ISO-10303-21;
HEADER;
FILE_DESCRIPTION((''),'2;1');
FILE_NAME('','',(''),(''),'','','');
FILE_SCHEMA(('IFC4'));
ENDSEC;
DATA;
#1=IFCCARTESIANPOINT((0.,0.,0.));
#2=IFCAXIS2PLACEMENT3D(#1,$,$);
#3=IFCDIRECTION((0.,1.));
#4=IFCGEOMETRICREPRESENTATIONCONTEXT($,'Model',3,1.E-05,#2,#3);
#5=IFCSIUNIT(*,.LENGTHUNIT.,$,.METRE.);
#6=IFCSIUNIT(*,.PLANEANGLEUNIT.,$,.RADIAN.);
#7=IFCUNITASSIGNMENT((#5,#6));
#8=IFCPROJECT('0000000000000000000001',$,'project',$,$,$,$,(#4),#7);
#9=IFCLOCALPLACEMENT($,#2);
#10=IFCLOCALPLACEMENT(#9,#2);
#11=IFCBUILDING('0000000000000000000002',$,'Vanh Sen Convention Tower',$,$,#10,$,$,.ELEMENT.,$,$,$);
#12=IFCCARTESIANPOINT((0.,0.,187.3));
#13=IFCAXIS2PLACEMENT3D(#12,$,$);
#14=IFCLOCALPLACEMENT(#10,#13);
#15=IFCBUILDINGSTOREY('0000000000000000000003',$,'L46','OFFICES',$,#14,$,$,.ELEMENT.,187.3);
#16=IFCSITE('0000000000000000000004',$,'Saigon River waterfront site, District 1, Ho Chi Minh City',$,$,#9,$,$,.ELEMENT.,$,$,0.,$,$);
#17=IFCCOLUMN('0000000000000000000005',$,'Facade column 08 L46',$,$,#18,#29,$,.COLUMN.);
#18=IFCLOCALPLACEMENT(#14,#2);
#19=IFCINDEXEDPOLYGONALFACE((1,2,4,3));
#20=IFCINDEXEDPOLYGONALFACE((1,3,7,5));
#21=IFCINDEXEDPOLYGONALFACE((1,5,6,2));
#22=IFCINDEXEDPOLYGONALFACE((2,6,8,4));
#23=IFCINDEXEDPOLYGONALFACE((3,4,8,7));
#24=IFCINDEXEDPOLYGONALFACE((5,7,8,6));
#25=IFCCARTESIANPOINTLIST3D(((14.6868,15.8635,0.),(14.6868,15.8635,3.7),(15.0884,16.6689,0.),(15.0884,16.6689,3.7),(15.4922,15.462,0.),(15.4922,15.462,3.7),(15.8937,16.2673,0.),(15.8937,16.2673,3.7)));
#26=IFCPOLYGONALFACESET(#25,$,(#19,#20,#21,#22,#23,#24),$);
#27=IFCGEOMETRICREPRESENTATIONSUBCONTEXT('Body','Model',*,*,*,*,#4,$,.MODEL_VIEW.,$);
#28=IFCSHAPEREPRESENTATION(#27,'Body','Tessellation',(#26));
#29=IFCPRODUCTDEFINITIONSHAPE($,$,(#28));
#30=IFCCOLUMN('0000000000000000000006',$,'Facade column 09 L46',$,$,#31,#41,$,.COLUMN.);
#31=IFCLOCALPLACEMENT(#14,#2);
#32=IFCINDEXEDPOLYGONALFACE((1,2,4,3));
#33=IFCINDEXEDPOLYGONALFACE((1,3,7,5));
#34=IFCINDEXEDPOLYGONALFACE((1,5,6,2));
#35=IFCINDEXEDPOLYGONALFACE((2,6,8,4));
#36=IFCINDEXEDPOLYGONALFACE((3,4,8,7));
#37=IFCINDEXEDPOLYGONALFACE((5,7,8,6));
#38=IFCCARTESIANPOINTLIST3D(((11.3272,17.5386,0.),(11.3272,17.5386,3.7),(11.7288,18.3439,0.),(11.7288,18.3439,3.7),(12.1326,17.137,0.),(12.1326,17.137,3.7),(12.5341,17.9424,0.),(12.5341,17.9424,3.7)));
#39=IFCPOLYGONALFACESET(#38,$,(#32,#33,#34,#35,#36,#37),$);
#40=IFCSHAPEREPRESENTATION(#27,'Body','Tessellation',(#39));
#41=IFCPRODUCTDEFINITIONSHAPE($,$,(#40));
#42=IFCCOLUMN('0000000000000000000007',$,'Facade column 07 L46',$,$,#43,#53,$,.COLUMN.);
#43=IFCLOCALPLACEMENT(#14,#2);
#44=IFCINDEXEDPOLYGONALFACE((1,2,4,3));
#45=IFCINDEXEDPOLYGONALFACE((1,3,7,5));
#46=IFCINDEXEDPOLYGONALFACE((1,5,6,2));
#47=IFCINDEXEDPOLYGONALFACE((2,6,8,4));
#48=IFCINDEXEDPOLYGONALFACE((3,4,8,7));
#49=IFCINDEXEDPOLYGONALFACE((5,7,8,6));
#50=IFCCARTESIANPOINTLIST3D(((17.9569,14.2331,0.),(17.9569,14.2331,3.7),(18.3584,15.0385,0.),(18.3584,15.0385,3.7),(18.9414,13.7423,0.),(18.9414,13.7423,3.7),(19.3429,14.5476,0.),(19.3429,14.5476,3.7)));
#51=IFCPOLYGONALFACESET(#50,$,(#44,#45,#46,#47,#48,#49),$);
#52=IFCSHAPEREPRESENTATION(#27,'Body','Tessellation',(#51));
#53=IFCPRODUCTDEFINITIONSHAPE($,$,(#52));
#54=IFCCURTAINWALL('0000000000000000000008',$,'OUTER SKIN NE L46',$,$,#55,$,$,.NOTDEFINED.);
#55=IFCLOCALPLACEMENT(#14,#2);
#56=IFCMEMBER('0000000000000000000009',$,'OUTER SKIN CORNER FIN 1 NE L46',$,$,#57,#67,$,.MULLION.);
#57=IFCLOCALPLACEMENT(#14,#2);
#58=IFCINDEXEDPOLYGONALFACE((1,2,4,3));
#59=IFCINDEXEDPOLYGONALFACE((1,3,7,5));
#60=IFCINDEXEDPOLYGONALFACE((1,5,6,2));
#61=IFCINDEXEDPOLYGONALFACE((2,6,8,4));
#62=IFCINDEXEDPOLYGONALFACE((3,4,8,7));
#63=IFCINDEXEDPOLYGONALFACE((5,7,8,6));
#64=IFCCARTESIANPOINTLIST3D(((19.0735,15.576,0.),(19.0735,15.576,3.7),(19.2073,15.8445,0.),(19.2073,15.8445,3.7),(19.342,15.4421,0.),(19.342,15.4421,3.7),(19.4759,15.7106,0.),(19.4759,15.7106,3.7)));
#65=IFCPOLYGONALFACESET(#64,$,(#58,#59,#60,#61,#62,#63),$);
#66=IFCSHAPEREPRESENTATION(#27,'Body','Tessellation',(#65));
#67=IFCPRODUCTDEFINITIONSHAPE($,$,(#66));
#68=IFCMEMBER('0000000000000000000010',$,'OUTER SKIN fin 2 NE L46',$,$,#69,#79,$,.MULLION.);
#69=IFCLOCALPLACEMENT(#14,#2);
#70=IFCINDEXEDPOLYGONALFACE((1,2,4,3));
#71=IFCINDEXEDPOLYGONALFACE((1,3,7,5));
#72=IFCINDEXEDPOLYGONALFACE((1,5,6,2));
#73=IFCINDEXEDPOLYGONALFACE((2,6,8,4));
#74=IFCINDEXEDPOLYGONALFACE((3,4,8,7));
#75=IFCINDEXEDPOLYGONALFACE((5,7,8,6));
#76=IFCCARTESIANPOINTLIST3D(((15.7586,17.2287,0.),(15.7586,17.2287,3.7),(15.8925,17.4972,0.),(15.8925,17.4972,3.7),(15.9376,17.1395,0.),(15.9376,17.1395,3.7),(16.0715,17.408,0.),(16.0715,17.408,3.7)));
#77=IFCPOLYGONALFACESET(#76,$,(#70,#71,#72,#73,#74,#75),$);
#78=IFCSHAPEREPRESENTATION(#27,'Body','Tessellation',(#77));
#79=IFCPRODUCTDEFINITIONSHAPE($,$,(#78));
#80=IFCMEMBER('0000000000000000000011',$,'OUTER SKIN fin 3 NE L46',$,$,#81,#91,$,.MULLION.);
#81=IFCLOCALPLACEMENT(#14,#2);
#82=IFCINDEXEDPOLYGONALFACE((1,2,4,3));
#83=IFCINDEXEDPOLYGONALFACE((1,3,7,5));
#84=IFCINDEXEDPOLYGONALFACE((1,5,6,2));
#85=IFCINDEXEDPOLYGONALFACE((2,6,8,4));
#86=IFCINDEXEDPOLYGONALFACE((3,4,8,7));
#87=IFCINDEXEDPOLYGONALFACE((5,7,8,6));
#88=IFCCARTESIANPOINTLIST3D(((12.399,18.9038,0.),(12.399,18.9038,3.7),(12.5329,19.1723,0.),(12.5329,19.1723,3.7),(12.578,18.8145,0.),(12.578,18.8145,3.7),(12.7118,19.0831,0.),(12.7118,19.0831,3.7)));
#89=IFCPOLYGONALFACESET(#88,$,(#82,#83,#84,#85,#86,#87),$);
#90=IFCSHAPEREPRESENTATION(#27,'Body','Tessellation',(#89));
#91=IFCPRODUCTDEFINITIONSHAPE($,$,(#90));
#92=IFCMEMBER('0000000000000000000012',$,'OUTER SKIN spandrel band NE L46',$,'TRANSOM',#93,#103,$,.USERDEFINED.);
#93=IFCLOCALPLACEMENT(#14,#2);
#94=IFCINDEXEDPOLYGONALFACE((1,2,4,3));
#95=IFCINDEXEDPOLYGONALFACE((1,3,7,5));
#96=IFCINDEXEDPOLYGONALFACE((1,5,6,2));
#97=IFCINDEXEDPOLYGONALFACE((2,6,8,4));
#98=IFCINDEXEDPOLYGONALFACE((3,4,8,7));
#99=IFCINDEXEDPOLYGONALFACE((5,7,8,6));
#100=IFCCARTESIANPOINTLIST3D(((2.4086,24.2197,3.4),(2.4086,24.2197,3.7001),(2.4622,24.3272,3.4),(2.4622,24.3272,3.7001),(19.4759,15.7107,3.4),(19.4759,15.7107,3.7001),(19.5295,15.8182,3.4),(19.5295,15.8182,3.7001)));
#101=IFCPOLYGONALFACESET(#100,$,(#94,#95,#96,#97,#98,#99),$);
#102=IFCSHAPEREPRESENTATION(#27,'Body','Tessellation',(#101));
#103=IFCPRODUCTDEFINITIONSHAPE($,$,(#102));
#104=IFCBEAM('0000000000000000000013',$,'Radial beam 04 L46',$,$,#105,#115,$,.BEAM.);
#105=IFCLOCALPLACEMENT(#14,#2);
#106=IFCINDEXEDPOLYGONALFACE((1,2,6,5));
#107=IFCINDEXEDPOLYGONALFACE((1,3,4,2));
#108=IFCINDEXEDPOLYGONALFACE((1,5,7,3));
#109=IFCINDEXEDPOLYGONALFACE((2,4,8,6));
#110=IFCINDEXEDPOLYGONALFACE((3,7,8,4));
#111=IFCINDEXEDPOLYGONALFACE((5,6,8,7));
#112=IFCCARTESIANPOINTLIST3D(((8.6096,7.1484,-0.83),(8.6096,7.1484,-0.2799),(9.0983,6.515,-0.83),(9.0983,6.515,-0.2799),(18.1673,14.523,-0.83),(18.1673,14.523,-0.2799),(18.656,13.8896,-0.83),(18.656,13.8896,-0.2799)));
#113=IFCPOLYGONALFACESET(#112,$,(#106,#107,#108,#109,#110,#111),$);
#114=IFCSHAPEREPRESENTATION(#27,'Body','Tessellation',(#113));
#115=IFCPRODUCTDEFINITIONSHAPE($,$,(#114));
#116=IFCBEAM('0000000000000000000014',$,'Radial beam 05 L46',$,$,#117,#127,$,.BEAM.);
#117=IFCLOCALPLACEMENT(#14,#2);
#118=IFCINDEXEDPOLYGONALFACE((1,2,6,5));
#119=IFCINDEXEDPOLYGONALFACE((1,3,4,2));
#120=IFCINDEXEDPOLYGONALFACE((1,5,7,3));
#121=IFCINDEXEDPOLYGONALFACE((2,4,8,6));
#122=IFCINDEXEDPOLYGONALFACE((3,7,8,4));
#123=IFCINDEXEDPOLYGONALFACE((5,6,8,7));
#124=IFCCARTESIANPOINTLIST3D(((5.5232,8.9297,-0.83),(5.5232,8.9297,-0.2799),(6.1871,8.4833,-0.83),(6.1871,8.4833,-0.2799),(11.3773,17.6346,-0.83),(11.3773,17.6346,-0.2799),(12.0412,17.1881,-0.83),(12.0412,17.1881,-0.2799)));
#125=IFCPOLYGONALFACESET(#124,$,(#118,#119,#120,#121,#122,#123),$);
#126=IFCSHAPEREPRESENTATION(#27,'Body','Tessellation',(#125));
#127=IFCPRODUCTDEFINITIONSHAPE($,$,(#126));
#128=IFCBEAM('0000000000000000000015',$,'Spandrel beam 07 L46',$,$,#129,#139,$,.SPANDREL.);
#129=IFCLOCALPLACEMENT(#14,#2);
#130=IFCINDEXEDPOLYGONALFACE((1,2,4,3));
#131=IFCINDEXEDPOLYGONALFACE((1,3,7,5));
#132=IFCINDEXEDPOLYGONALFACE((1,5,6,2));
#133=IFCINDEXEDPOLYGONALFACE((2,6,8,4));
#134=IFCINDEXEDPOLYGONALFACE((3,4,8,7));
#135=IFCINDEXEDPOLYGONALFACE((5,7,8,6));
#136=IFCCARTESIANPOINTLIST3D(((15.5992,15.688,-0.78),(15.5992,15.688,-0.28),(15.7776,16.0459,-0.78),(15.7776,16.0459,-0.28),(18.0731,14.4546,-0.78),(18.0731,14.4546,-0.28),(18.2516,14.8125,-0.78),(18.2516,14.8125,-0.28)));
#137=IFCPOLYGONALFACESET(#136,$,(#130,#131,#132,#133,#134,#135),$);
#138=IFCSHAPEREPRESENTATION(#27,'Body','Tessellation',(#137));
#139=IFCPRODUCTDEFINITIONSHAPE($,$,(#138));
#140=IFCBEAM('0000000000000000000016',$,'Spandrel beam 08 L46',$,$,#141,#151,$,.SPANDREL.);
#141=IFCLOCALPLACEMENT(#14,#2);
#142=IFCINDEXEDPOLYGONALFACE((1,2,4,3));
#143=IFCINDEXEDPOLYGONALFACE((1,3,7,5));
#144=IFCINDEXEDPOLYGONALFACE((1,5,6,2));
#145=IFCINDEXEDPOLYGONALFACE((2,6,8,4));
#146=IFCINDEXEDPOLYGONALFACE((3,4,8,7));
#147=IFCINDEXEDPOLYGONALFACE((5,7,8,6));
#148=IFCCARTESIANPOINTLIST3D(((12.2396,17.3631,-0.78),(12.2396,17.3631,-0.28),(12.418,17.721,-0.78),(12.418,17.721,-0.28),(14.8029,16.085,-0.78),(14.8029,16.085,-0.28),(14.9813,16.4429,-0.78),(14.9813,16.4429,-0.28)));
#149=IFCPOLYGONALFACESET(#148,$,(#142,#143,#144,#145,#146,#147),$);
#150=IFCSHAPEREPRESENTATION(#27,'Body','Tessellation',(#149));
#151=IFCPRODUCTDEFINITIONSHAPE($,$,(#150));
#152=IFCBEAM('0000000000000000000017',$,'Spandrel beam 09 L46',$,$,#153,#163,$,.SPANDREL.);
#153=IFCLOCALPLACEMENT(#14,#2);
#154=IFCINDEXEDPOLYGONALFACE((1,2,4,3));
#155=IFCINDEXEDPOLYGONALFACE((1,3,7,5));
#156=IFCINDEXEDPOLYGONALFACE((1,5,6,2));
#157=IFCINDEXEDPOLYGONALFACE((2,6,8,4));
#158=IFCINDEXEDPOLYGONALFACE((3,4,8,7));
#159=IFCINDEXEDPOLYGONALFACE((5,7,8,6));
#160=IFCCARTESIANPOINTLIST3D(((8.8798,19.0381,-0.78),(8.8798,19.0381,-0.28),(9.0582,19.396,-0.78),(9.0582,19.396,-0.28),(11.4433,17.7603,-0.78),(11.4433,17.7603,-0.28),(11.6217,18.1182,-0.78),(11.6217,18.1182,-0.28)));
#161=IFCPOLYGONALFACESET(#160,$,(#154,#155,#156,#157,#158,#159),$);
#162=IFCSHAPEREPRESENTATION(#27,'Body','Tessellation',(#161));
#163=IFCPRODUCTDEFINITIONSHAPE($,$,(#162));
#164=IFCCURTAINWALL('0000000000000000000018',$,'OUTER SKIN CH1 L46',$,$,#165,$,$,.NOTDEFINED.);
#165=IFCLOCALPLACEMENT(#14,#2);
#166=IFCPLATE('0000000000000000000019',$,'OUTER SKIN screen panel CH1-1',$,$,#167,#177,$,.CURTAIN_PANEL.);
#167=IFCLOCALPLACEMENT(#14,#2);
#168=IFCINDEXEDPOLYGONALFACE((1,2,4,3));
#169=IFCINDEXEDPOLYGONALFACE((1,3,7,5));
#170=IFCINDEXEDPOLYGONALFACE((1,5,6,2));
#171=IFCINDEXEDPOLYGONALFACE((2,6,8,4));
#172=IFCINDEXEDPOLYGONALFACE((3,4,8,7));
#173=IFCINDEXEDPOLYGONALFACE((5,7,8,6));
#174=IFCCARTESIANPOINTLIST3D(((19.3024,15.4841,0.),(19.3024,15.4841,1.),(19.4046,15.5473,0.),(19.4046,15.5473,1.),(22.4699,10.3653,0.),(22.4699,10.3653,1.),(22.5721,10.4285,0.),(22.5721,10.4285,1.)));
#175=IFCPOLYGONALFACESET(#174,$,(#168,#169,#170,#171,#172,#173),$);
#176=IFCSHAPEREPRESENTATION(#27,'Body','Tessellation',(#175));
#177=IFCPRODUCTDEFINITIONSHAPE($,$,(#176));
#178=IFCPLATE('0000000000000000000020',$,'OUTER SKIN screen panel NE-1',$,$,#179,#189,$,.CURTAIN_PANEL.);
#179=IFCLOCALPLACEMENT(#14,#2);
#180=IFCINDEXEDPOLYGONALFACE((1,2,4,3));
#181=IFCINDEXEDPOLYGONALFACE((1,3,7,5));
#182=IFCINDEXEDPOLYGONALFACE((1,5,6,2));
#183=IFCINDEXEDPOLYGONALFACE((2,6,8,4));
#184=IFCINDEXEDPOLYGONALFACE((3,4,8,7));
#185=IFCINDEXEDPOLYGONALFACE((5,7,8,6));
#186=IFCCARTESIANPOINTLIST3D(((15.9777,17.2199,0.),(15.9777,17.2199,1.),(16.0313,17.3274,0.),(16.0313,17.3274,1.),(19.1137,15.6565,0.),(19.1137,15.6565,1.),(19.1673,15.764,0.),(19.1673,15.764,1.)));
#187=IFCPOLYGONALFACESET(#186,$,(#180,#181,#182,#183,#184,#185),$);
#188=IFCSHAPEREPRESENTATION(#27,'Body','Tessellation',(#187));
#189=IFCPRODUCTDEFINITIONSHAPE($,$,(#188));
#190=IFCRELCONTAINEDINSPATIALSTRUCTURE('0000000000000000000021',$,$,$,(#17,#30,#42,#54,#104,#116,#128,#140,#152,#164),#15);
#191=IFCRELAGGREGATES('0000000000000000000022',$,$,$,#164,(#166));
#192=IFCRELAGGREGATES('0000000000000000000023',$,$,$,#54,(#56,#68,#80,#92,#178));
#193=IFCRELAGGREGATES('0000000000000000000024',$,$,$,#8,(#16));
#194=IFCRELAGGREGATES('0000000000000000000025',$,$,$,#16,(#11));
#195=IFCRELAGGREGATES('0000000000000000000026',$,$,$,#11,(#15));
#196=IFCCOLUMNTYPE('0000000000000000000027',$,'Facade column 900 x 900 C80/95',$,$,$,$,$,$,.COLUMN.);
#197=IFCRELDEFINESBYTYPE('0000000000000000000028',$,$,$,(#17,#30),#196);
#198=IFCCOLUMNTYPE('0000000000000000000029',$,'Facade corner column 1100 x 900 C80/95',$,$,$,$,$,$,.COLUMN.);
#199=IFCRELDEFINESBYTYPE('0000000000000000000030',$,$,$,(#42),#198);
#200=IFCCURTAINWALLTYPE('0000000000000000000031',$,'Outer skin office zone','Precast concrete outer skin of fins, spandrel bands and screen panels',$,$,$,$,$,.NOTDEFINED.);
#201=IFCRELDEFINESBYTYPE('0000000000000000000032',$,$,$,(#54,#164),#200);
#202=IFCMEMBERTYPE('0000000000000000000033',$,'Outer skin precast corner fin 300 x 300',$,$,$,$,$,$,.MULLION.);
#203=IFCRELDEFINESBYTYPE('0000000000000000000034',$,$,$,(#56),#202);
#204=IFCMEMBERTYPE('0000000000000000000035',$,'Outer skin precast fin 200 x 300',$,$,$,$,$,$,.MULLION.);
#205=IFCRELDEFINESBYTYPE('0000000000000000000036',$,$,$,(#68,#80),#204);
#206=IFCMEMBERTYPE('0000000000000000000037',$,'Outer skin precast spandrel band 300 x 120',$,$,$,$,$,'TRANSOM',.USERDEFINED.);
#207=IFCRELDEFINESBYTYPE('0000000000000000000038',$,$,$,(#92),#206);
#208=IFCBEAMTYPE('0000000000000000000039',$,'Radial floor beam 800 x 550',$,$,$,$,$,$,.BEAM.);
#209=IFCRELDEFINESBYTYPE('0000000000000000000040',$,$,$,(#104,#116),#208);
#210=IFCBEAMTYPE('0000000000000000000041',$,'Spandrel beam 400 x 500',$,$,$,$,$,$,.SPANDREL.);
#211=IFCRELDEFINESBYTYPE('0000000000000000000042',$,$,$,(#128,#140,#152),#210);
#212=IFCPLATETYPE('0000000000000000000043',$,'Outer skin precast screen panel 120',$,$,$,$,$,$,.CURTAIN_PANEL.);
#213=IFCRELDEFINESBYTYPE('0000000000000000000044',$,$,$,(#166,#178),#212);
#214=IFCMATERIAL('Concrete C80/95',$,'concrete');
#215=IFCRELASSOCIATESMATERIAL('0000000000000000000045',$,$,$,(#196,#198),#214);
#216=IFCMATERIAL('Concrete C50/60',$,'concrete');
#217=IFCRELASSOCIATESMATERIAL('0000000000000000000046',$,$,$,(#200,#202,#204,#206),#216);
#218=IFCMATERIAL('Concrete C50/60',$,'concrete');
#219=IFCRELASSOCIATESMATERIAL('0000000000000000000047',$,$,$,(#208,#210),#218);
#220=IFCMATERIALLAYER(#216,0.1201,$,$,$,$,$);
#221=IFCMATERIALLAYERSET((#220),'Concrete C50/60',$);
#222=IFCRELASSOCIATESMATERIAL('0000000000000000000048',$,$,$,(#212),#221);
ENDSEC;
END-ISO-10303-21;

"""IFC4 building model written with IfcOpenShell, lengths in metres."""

from ifc_helpers import new_model, si_unit, direction, frame, origin, origin_2d, place, context, subcontext, project, spatial, rectangle, extrude, material, layer, layer_set, material_profile, profile_set, type_object, element, aggregate, save


model = new_model("IFC4")

# Units and contexts
model_context = context("Model", 3, precision=1e-05, world=origin(), true_north=direction((0.0, 1.0)))
body_context = subcontext(model_context, "Body", "Model", "MODEL_VIEW")
ifc_project = project(units=[si_unit("LENGTHUNIT", "METRE"), si_unit("PLANEANGLEUNIT", "RADIAN")], contexts=[model_context])

# Site, building, storey
site_placement = place(None, origin())
site = spatial("IfcSite", under=ifc_project, at=site_placement, Name="Saigon River waterfront site, District 1, Ho Chi Minh City", CompositionType="ELEMENT", RefElevation=0.0)
building_placement = place(site_placement, origin())
building = spatial("IfcBuilding", under=site, at=building_placement, Name="Vanh Sen Convention Tower", CompositionType="ELEMENT")
storey_placement = place(building_placement, frame((0.0, 0.0, 187.3)))
storey = spatial("IfcBuildingStorey", under=building, at=storey_placement, Name="L46", Description="OFFICES", CompositionType="ELEMENT", Elevation=187.3)

# Columns
ifc_material_1 = material(Name="Concrete C80/95", Category="concrete")
ifc_material_profile_1 = material_profile(ifc_material_1, rectangle(XDim=0.8999, YDim=0.8999, at=origin_2d()), Name="RC 900X900")
ifc_profile_set_1 = profile_set([ifc_material_profile_1], Name="Concrete C80/95")
column_type_1 = type_object("IfcColumnType", Name="Facade column 900 x 900 C80/95", PredefinedType="COLUMN", material=ifc_profile_set_1)
for number, where, z_axis, x_axis, name in (
    (1, (15.2903, 16.0654, 0.0), (0.0, 0.0, 1.0), (-0.894934, 0.446198, 0.0), "Facade column 08 L46"),
    (2, (11.9307, 17.7405, 0.0), (0.0, 0.0, 1.0), (-0.894934, 0.446198, 0.0), "Facade column 09 L46"),
):
    element("IfcColumn", number, at=place(storey_placement, frame(where, z_axis=z_axis, x_axis=x_axis)), inside=storey, type_object=column_type_1, Name=name, PredefinedType="COLUMN", context=body_context, shape_type="SweptSolid", body=[
        extrude(rectangle(XDim=0.8999, YDim=0.8999, at=origin_2d()), origin(), (0.0, 0.0, 1.0), 3.7),
    ])
ifc_material_profile_2 = material_profile(ifc_material_1, rectangle(XDim=1.1001, YDim=0.8999, at=origin_2d()), Name="RC 1100X900")
ifc_profile_set_2 = profile_set([ifc_material_profile_2], Name="Concrete C80/95")
column_type_2 = type_object("IfcColumnType", Name="Facade corner column 1100 x 900 C80/95", PredefinedType="COLUMN", material=ifc_profile_set_2)
column_placement = place(storey_placement, frame((18.6499, 14.3904, 0.0), z_axis=(0.0, 0.0, 1.0), x_axis=(-0.894934, 0.446198, 0.0)))
element("IfcColumn", 3, at=column_placement, inside=storey, type_object=column_type_2, Name="Facade column 07 L46", PredefinedType="COLUMN", context=body_context, shape_type="SweptSolid", body=[
    extrude(rectangle(XDim=1.1001, YDim=0.8999, at=origin_2d()), origin(), (0.0, 0.0, 1.0), 3.7),
])

# Curtain wall, members
ifc_material_2 = material(Name="Concrete C50/60", Category="concrete")
curtain_wall_type = type_object("IfcCurtainWallType", Name="Outer skin office zone", Description="Precast concrete outer skin of fins, spandrel bands and screen panels", PredefinedType="NOTDEFINED", material=ifc_material_2)
curtain_wall_1_placement = place(storey_placement, origin())
curtain_wall_1 = element("IfcCurtainWall", 4, at=curtain_wall_1_placement, inside=storey, type_object=curtain_wall_type, Name="OUTER SKIN NE L46", PredefinedType="NOTDEFINED")
ifc_material_profile_3 = material_profile(ifc_material_2, rectangle(XDim=0.3, YDim=0.3, at=origin_2d()), Name="Outer skin precast corner fin 300 x 300")
ifc_profile_set_3 = profile_set([ifc_material_profile_3], Name="Concrete C50/60")
member_type_1 = type_object("IfcMemberType", Name="Outer skin precast corner fin 300 x 300", PredefinedType="MULLION", material=ifc_profile_set_3)
member_1_placement = place(storey_placement, frame((19.2747, 15.6433, 0.0), z_axis=(0.0, 0.0, 1.0), x_axis=(-0.894934, 0.446198, 0.0)))
member_1 = element("IfcMember", 5, at=member_1_placement, type_object=member_type_1, Name="OUTER SKIN CORNER FIN 1 NE L46", PredefinedType="MULLION", context=body_context, shape_type="SweptSolid", body=[
    extrude(rectangle(XDim=0.3, YDim=0.3, at=origin_2d()), origin(), (0.0, 0.0, 1.0), 3.7),
])
ifc_material_profile_4 = material_profile(ifc_material_2, rectangle(XDim=0.2, YDim=0.3, at=origin_2d()), Name="Outer skin precast fin 200 x 300")
ifc_profile_set_4 = profile_set([ifc_material_profile_4], Name="Concrete C50/60")
member_type_2 = type_object("IfcMemberType", Name="Outer skin precast fin 200 x 300", PredefinedType="MULLION", material=ifc_profile_set_4)
member_2_placement = place(storey_placement, frame((15.915, 17.3184, 0.0), z_axis=(0.0, 0.0, 1.0), x_axis=(-0.894934, 0.446198, 0.0)))
member_2 = element("IfcMember", 6, at=member_2_placement, type_object=member_type_2, Name="OUTER SKIN fin 2 NE L46", PredefinedType="MULLION", context=body_context, shape_type="SweptSolid", body=[
    extrude(rectangle(XDim=0.2, YDim=0.3, at=origin_2d()), origin(), (0.0, 0.0, 1.0), 3.7),
])
member_3_placement = place(storey_placement, frame((12.5554, 18.9934, 0.0), z_axis=(0.0, 0.0, 1.0), x_axis=(-0.894934, 0.446198, 0.0)))
member_3 = element("IfcMember", 7, at=member_3_placement, type_object=member_type_2, Name="OUTER SKIN fin 3 NE L46", PredefinedType="MULLION", context=body_context, shape_type="SweptSolid", body=[
    extrude(rectangle(XDim=0.2, YDim=0.3, at=origin_2d()), origin(), (0.0, 0.0, 1.0), 3.7),
])
ifc_material_profile_5 = material_profile(ifc_material_2, rectangle(XDim=0.1201, YDim=0.3, at=origin_2d()), Name="Outer skin precast spandrel band 300 x 120")
ifc_profile_set_5 = profile_set([ifc_material_profile_5], Name="Concrete C50/60")
member_type_3 = type_object("IfcMemberType", Name="Outer skin precast spandrel band 300 x 120", ElementType="TRANSOM", PredefinedType="USERDEFINED", material=ifc_profile_set_5)
member_4_placement = place(storey_placement, frame((19.5027, 15.7644, 3.55), z_axis=(-0.894941, 0.446184, 0.0), x_axis=(-0.446184, -0.894941, 0.0)))
member_4 = element("IfcMember", 8, at=member_4_placement, type_object=member_type_3, Name="OUTER SKIN spandrel band NE L46", ObjectType="TRANSOM", PredefinedType="USERDEFINED", context=body_context, shape_type="SweptSolid", body=[
    extrude(rectangle(XDim=0.1201, YDim=0.3, at=origin_2d()), origin(), (0.0, 0.0, 1.0), 19.0708),
])

# Beams
ifc_material_3 = material(Name="Concrete C50/60", Category="concrete")
ifc_material_profile_6 = material_profile(ifc_material_3, rectangle(XDim=0.8, YDim=0.55, at=origin_2d()), Name="RC 800X550")
ifc_profile_set_6 = profile_set([ifc_material_profile_6], Name="Concrete C50/60")
beam_type_1 = type_object("IfcBeamType", Name="Radial floor beam 800 x 550", PredefinedType="BEAM", material=ifc_profile_set_6)
beam_1_placement = place(storey_placement, frame((18.4116, 14.2063, -0.5549), z_axis=(-0.791722, -0.610881, 0.0), x_axis=(0.610881, -0.791722, 0.0)))
element("IfcBeam", 9, at=beam_1_placement, inside=storey, type_object=beam_type_1, Name="Radial beam 04 L46", PredefinedType="BEAM", context=body_context, shape_type="SweptSolid", body=[
    extrude(rectangle(XDim=0.8, YDim=0.55, at=origin_2d()), origin(), (0.0, 0.0, 1.0), 12.072),
])
beam_2_placement = place(storey_placement, frame((11.7092, 17.4114, -0.5549), z_axis=(-0.558047, -0.829809, 0.0), x_axis=(0.829809, -0.558047, 0.0)))
element("IfcBeam", 10, at=beam_2_placement, inside=storey, type_object=beam_type_1, Name="Radial beam 05 L46", PredefinedType="BEAM", context=body_context, shape_type="SweptSolid", body=[
    extrude(rectangle(XDim=0.8, YDim=0.55, at=origin_2d()), origin(), (0.0, 0.0, 1.0), 10.4902),
])
ifc_material_profile_7 = material_profile(ifc_material_3, rectangle(XDim=0.3999, YDim=0.5, at=origin_2d()), Name="RC 400X500")
ifc_profile_set_7 = profile_set([ifc_material_profile_7], Name="Concrete C50/60")
beam_type_2 = type_object("IfcBeamType", Name="Spandrel beam 400 x 500", PredefinedType="SPANDREL", material=ifc_profile_set_7)
beam_3_placement = place(storey_placement, frame((18.1624, 14.6335, -0.53), z_axis=(-0.894939, 0.446189, 0.0), x_axis=(-0.446189, -0.894939, 0.0)))
element("IfcBeam", 11, at=beam_3_placement, inside=storey, type_object=beam_type_2, Name="Spandrel beam 07 L46", PredefinedType="SPANDREL", context=body_context, shape_type="SweptSolid", body=[
    extrude(rectangle(XDim=0.3999, YDim=0.5, at=origin_2d()), origin(), (0.0, 0.0, 1.0), 2.7644),
])
for number, where, z_axis, x_axis, name in (
    (12, (14.8921, 16.2639, -0.53), (-0.894921, 0.446225, 0.0), (-0.446225, -0.894921, 0.0), "Spandrel beam 08 L46"),
    (13, (11.5325, 17.9392, -0.53), (-0.894972, 0.446122, 0.0), (-0.446122, -0.894972, 0.0), "Spandrel beam 09 L46"),
):
    element("IfcBeam", number, at=place(storey_placement, frame(where, z_axis=z_axis, x_axis=x_axis)), inside=storey, type_object=beam_type_2, Name=name, PredefinedType="SPANDREL", context=body_context, shape_type="SweptSolid", body=[
        extrude(rectangle(XDim=0.3999, YDim=0.5, at=origin_2d()), origin(), (0.0, 0.0, 1.0), 2.8643),
    ])

# Curtain wall, plate
curtain_wall_2_placement = place(storey_placement, origin())
curtain_wall_2 = element("IfcCurtainWall", 14, at=curtain_wall_2_placement, inside=storey, type_object=curtain_wall_type, Name="OUTER SKIN CH1 L46", PredefinedType="NOTDEFINED")
ifc_layer_1 = layer(ifc_material_2, 0.1201)
ifc_layer_set_1 = layer_set([ifc_layer_1], Name="Concrete C50/60")
plate_type = type_object("IfcPlateType", Name="Outer skin precast screen panel 120", PredefinedType="CURTAIN_PANEL", material=ifc_layer_set_1)
plate_1_placement = place(storey_placement, frame((20.9373, 12.9563, 0.0), z_axis=(0.0, 0.0, 1.0), x_axis=(-0.526204, 0.850359, 0.0)))
plate_1 = element("IfcPlate", 15, at=plate_1_placement, type_object=plate_type, Name="OUTER SKIN screen panel CH1-1", PredefinedType="CURTAIN_PANEL", context=body_context, shape_type="SweptSolid", body=[
    extrude(rectangle(XDim=6.0195, YDim=0.1201, at=origin_2d()), origin(), (0.0, 0.0, 1.0), 1.0),
])
aggregate(curtain_wall_2, [plate_1])

# Plate
plate_2_placement = place(storey_placement, frame((17.5725, 16.4919, 0.0), z_axis=(0.0, 0.0, 1.0), x_axis=(-0.894944, 0.446179, 0.0)))
plate_2 = element("IfcPlate", 16, at=plate_2_placement, type_object=plate_type, Name="OUTER SKIN screen panel NE-1", PredefinedType="CURTAIN_PANEL", context=body_context, shape_type="SweptSolid", body=[
    extrude(rectangle(XDim=3.5042, YDim=0.1201, at=origin_2d()), origin(), (0.0, 0.0, 1.0), 1.0),
])
aggregate(curtain_wall_1, [member_1, member_2, member_3, member_4, plate_2])

save(model, "model.ifc")
